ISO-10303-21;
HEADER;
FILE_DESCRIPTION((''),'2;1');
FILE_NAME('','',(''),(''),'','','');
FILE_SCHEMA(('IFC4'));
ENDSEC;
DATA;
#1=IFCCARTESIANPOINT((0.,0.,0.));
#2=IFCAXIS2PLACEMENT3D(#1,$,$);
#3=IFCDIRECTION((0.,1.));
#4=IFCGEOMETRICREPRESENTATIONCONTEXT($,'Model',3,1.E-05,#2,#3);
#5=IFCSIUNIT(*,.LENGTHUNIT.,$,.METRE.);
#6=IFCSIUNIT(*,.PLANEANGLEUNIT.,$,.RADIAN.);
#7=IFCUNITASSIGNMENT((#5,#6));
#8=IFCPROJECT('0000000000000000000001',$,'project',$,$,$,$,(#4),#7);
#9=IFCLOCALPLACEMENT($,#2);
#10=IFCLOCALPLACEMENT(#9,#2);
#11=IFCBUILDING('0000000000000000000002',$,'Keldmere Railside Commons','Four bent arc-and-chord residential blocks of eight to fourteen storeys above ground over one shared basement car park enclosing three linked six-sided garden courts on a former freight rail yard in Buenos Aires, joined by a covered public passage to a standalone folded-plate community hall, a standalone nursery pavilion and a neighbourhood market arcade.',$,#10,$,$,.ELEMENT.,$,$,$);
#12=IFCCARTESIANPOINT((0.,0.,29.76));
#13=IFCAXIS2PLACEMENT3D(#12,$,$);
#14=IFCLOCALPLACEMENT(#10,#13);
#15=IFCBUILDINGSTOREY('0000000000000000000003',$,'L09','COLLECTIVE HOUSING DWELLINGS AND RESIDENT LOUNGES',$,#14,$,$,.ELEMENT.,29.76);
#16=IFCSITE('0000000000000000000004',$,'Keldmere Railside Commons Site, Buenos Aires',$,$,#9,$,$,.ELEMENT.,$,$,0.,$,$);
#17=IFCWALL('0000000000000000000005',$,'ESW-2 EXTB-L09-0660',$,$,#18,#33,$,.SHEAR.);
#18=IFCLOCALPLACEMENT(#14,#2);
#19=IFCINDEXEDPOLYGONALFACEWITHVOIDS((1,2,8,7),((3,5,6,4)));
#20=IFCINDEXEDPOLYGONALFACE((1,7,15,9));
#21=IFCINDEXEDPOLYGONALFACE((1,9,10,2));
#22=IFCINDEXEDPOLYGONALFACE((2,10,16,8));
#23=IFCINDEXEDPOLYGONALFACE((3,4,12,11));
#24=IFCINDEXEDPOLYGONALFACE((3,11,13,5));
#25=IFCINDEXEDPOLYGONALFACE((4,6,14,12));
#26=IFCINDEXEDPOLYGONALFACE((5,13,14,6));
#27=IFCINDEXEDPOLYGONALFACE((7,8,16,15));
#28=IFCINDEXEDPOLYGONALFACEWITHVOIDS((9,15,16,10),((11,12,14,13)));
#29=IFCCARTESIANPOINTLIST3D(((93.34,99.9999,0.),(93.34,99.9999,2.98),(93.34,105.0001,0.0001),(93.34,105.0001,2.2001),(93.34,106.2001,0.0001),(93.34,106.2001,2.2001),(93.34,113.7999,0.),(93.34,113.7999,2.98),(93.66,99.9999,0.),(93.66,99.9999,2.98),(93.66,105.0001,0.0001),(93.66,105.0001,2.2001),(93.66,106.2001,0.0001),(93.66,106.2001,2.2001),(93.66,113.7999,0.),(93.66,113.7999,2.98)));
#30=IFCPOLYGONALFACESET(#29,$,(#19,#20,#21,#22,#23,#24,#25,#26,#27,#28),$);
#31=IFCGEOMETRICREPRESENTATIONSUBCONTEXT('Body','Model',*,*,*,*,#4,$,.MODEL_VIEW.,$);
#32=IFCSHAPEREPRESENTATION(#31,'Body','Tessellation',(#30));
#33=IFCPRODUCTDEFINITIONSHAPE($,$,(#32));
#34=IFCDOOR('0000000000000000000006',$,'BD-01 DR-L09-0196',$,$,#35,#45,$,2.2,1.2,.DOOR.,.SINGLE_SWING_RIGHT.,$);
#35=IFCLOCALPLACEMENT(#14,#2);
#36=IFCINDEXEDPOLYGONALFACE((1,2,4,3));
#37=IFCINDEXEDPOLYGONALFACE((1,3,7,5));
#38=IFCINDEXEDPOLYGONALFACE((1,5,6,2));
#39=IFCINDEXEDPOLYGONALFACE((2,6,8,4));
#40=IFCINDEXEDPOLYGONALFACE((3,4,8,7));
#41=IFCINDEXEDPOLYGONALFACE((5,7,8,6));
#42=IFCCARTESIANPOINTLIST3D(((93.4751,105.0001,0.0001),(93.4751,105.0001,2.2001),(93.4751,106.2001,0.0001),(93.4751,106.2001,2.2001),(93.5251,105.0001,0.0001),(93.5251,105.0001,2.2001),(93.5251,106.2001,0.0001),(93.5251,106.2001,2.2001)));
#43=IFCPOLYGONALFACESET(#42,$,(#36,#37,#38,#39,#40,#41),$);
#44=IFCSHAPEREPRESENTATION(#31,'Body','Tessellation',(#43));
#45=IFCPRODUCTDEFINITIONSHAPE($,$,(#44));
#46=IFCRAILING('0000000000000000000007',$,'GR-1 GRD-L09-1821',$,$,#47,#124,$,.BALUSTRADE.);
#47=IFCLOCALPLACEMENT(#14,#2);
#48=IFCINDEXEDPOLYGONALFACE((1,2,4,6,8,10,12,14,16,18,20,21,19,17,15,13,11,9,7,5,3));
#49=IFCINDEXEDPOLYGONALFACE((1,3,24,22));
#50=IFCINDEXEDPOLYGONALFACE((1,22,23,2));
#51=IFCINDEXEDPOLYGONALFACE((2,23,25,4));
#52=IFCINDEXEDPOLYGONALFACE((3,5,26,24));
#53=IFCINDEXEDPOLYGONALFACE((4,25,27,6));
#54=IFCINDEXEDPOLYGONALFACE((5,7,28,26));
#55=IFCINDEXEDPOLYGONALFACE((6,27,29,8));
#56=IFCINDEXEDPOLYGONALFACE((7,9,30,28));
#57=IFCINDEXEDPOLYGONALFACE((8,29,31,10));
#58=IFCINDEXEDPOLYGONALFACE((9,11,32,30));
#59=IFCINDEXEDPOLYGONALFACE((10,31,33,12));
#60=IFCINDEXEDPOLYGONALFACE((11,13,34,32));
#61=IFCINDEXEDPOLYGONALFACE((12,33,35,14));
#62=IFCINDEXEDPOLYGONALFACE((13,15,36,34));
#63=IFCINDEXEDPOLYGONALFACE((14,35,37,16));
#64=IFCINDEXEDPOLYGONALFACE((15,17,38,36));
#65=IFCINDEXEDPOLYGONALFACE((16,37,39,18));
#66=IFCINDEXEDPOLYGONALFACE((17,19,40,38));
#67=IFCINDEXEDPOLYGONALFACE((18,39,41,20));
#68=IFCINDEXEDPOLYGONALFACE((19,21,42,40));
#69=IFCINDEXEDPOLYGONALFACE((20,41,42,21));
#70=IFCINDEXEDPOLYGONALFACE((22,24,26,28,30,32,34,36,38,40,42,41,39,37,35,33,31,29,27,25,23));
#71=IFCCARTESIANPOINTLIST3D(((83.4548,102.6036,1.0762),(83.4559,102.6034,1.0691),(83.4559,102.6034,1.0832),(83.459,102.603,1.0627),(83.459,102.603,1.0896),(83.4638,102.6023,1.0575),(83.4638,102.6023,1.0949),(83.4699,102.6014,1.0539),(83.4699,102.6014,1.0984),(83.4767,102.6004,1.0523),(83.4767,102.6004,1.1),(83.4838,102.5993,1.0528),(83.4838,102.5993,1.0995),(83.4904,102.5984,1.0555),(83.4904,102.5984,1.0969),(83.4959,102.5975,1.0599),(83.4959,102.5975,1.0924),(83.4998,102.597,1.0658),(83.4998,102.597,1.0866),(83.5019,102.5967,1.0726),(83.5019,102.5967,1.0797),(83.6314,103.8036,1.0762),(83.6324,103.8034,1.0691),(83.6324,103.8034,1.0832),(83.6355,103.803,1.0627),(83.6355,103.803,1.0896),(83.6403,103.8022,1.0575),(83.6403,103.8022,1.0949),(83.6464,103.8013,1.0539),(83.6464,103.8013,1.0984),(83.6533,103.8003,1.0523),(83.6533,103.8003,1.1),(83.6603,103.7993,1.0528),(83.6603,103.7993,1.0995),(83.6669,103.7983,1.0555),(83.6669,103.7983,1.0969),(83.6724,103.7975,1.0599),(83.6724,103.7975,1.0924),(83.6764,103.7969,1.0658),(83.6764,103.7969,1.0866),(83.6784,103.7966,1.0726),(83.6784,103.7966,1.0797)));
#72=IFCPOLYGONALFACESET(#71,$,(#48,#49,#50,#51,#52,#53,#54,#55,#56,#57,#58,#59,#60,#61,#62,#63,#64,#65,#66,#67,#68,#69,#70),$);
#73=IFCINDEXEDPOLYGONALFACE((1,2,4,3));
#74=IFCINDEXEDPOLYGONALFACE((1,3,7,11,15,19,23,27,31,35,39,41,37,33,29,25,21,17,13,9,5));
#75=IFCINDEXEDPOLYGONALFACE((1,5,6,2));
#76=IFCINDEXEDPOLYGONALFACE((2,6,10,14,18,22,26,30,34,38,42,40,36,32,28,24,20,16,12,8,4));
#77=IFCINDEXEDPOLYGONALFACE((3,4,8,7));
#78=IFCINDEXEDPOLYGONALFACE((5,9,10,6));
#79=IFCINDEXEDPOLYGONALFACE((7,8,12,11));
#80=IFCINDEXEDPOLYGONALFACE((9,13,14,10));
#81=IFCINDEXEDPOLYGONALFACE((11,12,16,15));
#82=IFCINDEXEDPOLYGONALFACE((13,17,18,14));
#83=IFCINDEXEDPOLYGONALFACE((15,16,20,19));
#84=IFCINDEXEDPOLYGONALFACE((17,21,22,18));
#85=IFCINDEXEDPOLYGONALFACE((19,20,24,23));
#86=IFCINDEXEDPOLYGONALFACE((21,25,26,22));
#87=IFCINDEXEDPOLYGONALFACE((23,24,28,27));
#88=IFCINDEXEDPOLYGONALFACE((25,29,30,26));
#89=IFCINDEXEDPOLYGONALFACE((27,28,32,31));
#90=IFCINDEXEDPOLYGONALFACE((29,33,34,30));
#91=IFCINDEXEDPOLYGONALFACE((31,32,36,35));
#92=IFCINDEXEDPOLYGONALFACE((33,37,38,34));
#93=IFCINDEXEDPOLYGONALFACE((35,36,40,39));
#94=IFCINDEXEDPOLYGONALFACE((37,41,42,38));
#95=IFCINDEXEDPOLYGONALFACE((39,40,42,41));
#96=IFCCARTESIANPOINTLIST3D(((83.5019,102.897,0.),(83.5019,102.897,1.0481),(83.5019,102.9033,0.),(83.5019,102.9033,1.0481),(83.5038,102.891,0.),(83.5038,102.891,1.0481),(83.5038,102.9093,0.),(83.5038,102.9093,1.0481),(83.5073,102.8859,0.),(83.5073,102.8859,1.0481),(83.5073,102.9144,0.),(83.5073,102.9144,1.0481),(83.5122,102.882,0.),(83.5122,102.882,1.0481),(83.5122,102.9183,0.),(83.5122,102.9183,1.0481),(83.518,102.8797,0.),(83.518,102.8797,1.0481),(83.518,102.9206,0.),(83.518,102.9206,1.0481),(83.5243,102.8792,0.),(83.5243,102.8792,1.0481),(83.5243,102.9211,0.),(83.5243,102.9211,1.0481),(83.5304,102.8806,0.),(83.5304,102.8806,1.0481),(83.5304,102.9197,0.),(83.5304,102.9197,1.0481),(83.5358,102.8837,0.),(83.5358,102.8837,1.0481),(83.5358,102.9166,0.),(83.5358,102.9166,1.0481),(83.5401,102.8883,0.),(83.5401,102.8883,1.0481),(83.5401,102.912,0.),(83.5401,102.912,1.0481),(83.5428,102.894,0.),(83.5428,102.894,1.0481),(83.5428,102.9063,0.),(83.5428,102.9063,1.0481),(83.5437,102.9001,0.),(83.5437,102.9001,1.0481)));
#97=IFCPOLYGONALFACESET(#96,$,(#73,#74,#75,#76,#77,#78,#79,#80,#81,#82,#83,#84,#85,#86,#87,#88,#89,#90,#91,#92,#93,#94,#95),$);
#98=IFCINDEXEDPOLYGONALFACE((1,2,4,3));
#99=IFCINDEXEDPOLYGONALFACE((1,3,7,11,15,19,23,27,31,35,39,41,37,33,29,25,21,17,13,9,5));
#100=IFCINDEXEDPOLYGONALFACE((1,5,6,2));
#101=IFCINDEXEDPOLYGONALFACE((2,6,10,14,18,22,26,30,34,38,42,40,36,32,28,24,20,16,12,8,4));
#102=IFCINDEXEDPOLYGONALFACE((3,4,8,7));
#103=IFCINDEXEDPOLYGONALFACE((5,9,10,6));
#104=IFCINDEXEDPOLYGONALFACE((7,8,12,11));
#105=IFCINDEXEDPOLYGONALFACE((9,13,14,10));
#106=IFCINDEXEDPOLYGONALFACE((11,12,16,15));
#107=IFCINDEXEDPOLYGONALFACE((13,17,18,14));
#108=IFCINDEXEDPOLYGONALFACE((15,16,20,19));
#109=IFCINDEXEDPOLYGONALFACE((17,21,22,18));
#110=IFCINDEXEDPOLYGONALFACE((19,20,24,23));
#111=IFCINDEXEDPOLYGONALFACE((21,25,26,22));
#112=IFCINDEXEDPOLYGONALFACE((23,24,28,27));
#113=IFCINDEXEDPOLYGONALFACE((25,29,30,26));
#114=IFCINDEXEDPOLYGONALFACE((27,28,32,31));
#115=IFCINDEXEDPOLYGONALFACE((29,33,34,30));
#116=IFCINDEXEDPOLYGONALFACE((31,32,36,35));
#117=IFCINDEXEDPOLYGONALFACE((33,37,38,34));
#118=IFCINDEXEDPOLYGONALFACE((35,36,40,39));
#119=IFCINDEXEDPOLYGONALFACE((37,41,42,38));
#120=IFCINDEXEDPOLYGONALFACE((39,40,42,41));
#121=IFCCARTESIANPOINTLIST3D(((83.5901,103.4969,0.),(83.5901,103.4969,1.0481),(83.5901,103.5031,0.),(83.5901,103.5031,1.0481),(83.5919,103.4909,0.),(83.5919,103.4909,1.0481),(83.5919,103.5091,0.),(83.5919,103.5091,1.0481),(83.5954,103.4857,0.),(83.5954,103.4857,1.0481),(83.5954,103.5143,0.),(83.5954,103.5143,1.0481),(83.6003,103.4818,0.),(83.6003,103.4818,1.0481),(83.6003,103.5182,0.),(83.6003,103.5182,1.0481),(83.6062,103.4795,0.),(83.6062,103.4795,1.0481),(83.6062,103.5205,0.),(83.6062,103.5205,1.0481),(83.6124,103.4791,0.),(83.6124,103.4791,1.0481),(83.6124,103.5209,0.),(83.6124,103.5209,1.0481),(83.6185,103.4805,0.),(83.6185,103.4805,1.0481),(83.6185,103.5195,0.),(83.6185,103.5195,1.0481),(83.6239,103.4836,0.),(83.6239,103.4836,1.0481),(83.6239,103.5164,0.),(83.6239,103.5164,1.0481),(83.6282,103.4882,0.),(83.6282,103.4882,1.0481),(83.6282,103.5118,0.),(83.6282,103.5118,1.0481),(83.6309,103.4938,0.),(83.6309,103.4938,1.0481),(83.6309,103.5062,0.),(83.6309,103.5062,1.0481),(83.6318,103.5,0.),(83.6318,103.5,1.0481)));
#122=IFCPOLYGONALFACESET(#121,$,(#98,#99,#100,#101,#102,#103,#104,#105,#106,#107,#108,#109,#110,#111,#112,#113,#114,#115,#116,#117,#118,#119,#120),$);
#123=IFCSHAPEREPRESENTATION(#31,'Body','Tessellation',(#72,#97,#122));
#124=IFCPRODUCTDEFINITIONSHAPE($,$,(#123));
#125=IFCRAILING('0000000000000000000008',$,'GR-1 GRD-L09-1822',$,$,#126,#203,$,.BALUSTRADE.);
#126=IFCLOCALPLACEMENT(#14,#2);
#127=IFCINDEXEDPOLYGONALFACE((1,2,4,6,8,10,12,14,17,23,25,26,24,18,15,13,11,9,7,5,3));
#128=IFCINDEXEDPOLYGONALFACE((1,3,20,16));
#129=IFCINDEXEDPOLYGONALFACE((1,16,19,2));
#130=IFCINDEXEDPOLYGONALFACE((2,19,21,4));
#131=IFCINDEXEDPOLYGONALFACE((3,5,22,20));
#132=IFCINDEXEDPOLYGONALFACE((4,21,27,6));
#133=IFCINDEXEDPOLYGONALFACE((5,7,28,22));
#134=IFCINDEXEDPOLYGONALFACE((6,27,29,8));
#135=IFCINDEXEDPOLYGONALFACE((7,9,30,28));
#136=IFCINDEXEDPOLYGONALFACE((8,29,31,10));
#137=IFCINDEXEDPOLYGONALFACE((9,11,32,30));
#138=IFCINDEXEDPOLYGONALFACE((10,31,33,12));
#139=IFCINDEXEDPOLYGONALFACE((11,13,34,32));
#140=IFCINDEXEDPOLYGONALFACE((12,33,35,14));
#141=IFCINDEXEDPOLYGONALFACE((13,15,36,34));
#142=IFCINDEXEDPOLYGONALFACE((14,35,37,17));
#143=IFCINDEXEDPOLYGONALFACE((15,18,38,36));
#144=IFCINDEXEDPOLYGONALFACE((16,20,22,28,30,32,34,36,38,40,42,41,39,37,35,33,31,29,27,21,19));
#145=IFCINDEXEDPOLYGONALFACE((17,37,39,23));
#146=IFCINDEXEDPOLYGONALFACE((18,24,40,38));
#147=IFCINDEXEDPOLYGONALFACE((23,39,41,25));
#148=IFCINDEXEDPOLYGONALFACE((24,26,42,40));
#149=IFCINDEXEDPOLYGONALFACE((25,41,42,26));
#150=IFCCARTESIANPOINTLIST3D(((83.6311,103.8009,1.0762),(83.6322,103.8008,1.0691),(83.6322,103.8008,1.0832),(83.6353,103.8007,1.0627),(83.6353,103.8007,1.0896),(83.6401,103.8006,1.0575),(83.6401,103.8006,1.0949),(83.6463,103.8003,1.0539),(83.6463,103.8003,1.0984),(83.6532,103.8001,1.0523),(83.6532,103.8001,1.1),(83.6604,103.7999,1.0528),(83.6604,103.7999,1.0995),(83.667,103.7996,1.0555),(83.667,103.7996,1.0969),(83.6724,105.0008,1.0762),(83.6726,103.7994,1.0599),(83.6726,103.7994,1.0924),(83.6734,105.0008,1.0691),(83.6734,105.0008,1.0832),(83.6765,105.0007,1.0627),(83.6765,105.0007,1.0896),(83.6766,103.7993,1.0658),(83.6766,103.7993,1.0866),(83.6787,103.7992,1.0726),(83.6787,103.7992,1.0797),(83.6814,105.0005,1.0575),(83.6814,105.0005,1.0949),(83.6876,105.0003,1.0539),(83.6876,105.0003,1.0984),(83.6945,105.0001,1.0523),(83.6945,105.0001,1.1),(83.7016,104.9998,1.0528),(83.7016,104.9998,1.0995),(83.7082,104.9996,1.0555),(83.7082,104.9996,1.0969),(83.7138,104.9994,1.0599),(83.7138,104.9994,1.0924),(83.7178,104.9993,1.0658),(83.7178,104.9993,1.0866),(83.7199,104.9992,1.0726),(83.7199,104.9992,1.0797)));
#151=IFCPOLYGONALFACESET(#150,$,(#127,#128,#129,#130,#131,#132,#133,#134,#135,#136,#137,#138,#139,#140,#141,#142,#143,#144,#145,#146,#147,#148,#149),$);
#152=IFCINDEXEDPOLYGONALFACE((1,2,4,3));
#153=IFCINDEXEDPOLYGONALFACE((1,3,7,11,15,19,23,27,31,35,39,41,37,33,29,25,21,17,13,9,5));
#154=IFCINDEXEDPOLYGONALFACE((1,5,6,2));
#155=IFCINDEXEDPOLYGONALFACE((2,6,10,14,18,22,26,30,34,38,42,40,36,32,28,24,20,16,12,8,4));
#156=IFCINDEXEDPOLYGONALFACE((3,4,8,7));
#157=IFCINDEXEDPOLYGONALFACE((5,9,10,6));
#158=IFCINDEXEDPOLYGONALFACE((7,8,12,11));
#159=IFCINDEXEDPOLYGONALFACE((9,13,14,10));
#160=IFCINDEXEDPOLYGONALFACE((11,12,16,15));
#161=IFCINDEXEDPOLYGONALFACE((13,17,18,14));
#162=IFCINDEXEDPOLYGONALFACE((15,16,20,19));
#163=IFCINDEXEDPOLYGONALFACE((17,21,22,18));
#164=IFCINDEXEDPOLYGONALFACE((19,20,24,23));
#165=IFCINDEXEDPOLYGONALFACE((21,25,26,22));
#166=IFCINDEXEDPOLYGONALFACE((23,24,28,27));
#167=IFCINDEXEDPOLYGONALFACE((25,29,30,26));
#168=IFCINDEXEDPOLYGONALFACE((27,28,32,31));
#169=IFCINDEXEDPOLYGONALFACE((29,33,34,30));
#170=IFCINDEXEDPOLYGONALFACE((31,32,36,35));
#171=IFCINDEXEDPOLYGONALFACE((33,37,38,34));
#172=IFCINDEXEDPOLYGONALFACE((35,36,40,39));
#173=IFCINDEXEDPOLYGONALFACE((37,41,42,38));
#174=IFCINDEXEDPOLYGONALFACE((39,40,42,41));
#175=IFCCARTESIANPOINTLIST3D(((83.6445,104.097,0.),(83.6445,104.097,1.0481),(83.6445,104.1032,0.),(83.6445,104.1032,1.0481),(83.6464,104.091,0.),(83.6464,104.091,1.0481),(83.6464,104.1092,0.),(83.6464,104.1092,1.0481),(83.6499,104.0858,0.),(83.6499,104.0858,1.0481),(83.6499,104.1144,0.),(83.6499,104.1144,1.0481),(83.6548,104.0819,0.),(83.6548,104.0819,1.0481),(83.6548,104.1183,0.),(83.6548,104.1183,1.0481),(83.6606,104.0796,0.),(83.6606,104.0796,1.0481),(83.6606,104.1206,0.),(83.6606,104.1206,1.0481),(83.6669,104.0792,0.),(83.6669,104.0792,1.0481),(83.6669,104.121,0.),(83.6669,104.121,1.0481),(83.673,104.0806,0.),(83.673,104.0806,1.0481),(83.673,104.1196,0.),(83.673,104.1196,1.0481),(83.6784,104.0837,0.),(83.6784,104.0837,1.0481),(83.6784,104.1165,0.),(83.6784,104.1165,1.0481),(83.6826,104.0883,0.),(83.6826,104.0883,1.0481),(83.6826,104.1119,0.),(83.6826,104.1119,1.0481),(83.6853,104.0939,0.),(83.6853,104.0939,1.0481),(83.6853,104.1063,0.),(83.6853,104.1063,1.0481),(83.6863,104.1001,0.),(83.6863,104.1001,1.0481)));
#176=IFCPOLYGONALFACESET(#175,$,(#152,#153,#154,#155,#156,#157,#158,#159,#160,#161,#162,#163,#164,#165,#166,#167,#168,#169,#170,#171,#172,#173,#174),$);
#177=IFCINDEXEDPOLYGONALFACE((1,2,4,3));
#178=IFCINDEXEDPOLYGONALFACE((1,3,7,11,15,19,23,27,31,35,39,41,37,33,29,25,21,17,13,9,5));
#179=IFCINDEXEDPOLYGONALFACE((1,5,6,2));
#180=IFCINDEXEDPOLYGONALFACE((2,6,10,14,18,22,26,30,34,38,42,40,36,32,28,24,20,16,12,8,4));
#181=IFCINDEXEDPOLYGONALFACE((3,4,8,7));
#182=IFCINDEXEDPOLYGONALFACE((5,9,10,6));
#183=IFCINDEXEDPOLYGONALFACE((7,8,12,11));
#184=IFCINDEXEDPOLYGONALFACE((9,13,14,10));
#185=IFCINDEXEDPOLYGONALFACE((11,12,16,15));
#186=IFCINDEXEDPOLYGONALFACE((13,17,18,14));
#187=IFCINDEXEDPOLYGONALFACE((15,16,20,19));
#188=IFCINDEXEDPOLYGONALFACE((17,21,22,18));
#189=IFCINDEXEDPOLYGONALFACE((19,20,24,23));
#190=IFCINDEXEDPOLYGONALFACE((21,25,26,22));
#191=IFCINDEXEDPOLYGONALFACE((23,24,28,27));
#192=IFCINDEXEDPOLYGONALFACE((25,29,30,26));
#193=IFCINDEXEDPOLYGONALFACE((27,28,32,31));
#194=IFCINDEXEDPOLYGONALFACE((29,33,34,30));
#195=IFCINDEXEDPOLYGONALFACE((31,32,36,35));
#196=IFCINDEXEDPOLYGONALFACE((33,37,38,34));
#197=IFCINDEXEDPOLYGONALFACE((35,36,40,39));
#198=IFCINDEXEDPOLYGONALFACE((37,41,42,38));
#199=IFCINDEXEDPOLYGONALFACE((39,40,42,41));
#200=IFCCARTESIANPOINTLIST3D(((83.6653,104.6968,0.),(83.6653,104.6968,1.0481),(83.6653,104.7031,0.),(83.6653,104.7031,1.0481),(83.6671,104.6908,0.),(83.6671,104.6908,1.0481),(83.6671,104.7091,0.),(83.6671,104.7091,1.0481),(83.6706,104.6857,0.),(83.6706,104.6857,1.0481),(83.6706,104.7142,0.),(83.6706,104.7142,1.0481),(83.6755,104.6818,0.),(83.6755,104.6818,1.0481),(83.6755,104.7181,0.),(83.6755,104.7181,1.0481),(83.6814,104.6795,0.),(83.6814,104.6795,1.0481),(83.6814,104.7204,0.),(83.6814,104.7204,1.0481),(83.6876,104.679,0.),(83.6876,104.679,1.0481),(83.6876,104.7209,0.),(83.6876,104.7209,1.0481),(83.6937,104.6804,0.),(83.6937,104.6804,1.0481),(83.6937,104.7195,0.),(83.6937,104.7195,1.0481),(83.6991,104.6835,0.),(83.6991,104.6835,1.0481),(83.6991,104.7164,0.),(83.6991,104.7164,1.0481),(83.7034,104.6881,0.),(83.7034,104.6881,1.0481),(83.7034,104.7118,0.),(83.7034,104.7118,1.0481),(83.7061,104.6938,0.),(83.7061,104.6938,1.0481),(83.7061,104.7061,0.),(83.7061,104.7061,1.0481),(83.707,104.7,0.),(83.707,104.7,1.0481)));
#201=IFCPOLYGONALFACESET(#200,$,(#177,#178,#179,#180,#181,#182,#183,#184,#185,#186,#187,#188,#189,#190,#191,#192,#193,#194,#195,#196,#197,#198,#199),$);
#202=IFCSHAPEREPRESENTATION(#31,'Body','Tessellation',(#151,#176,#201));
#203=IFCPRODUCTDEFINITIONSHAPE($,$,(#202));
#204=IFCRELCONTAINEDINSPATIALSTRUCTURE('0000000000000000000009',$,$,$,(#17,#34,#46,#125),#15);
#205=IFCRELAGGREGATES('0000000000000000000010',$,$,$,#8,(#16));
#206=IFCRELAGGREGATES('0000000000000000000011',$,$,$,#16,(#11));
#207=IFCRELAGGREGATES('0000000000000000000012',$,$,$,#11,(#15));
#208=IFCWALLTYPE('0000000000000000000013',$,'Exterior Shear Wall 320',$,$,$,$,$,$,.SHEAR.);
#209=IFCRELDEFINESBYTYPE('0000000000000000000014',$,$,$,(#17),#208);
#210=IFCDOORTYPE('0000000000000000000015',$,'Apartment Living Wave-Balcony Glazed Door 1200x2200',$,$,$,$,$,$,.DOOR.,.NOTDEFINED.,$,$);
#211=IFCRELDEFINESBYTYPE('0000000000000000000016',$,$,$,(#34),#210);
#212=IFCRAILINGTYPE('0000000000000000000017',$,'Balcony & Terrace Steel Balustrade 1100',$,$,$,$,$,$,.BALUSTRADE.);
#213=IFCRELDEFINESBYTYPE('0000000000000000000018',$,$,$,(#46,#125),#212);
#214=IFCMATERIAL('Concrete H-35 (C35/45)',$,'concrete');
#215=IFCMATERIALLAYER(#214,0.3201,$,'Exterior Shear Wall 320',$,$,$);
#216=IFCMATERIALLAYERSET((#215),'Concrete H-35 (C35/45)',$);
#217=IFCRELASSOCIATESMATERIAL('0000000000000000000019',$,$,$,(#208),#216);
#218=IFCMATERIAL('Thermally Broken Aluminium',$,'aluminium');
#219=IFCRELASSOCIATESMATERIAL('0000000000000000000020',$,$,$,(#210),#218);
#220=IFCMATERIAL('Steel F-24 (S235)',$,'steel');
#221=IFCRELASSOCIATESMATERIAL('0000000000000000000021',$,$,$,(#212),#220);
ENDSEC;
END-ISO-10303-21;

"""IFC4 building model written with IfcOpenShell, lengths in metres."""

from ifc_helpers import new_model, si_unit, direction, frame, frame_2d, origin, origin_2d, place, context, subcontext, project, spatial, rectangle, circle, extrude, material, layer, layer_set, type_object, element, fill, save


model = new_model("IFC4")

# Units and contexts
model_context = context("Model", 3, precision=1e-05, world=origin(), true_north=direction((0.0, 1.0)))
body_context = subcontext(model_context, "Body", "Model", "MODEL_VIEW")
ifc_project = project(units=[si_unit("LENGTHUNIT", "METRE"), si_unit("PLANEANGLEUNIT", "RADIAN")], contexts=[model_context])

# Site, building, storey
site_placement = place(None, origin())
site = spatial("IfcSite", under=ifc_project, at=site_placement, Name="Keldmere Railside Commons Site, Buenos Aires", CompositionType="ELEMENT", RefElevation=0.0)
building_placement = place(site_placement, origin())
building = spatial("IfcBuilding", under=site, at=building_placement, Name="Keldmere Railside Commons", Description="Four bent arc-and-chord residential blocks of eight to fourteen storeys above ground over one shared basement car park enclosing three linked six-sided garden courts on a former freight rail yard in Buenos Aires, joined by a covered public passage to a standalone folded-plate community hall, a standalone nursery pavilion and a neighbourhood market arcade.", CompositionType="ELEMENT")
storey_placement = place(building_placement, frame((0.0, 0.0, 29.76)))
storey = spatial("IfcBuildingStorey", under=building, at=storey_placement, Name="L09", Description="COLLECTIVE HOUSING DWELLINGS AND RESIDENT LOUNGES", CompositionType="ELEMENT", Elevation=29.76)

# Wall, opening, door
ifc_material_1 = material(Name="Concrete H-35 (C35/45)", Category="concrete")
ifc_layer = layer(ifc_material_1, 0.3201, Name="Exterior Shear Wall 320")
ifc_layer_set = layer_set([ifc_layer], Name="Concrete H-35 (C35/45)")
wall_type = type_object("IfcWallType", Name="Exterior Shear Wall 320", PredefinedType="SHEAR", material=ifc_layer_set)
wall_placement = place(storey_placement, frame((93.5, 100.0, 0.0), z_axis=(0.0, 0.0, 1.0), x_axis=(0.0, 1.0, 0.0)))
wall = element("IfcWall", 1, at=wall_placement, inside=storey, type_object=wall_type, Name="ESW-2 EXTB-L09-0660", PredefinedType="SHEAR", context=body_context, shape_type="SweptSolid", body=[
    extrude(rectangle(XDim=13.8, YDim=0.3201, at=frame_2d((6.8999, 0.0))), origin(), (0.0, 0.0, 1.0), 2.98),
])
opening_placement = place(wall_placement, frame((5.0, 0.0, 0.0)))
opening = element("IfcOpeningElement", 2, at=opening_placement, cuts=wall, PredefinedType="OPENING", context=body_context, shape_type="SweptSolid", body=[
    extrude(rectangle(XDim=1.2, YDim=2.2, at=frame_2d((0.6001, 1.1001))), frame((0.0, 0.1699, 0.0), z_axis=(0.0, -1.0, 0.0), x_axis=(1.0, 0.0, 0.0)), (0.0, 0.0, 1.0), 0.3401),
])
ifc_material_2 = material(Name="Thermally Broken Aluminium", Category="aluminium")
door_type = type_object("IfcDoorType", Name="Apartment Living Wave-Balcony Glazed Door 1200x2200", OperationType="NOTDEFINED", PredefinedType="DOOR", material=ifc_material_2)
door_placement = place(opening_placement, origin())
door = element("IfcDoor", 3, at=door_placement, inside=storey, type_object=door_type, Name="BD-01 DR-L09-0196", OperationType="SINGLE_SWING_RIGHT", OverallHeight=2.2, OverallWidth=1.2, PredefinedType="DOOR", context=body_context, shape_type="SweptSolid", body=[
    extrude(rectangle(XDim=1.2, YDim=2.2, at=frame_2d((0.6001, 1.1001))), frame((0.0, 0.0249, 0.0), z_axis=(0.0, -1.0, 0.0), x_axis=(1.0, 0.0, 0.0)), (0.0, 0.0, 1.0), 0.05),
])
fill(opening, door)

# Railings
ifc_material_3 = material(Name="Steel F-24 (S235)", Category="steel")
railing_type = type_object("IfcRailingType", Name="Balcony & Terrace Steel Balustrade 1100", PredefinedType="BALUSTRADE", material=ifc_material_3)
railing_1_placement = place(storey_placement, frame((83.4785, 102.6001, 0.0)))
element("IfcRailing", 4, at=railing_1_placement, inside=storey, type_object=railing_type, Name="GR-1 GRD-L09-1821", PredefinedType="BALUSTRADE", context=body_context, shape_type="SweptSolid", body=[
    extrude(circle(Radius=0.0239, at=origin_2d()), frame((0.0, 0.0, 1.0762), z_axis=(0.145535, 0.989353, 0.0), x_axis=(-0.989353, 0.145535, 0.0)), (0.0, 0.0, 1.0), 1.2129),
    extrude(circle(Radius=0.021, at=origin_2d()), frame((0.0442, 0.3, 0.0)), (0.0, 0.0, 1.0), 1.0481),
    extrude(circle(Radius=0.021, at=origin_2d()), frame((0.1323, 0.8999, 0.0)), (0.0, 0.0, 1.0), 1.0481),
])
railing_2_placement = place(storey_placement, frame((83.655, 103.8, 0.0)))
element("IfcRailing", 5, at=railing_2_placement, inside=storey, type_object=railing_type, Name="GR-1 GRD-L09-1822", PredefinedType="BALUSTRADE", context=body_context, shape_type="SweptSolid", body=[
    extrude(circle(Radius=0.0239, at=origin_2d()), frame((0.0, 0.0, 1.0762), z_axis=(0.034364, 0.999409, 0.0), x_axis=(-0.999409, 0.034364, 0.0)), (0.0, 0.0, 1.0), 1.2007),
    extrude(circle(Radius=0.021, at=origin_2d()), frame((0.0103, 0.3, 0.0)), (0.0, 0.0, 1.0), 1.0481),
    extrude(circle(Radius=0.021, at=origin_2d()), frame((0.031, 0.8999, 0.0)), (0.0, 0.0, 1.0), 1.0481),
])

save(model, "model.ifc")
